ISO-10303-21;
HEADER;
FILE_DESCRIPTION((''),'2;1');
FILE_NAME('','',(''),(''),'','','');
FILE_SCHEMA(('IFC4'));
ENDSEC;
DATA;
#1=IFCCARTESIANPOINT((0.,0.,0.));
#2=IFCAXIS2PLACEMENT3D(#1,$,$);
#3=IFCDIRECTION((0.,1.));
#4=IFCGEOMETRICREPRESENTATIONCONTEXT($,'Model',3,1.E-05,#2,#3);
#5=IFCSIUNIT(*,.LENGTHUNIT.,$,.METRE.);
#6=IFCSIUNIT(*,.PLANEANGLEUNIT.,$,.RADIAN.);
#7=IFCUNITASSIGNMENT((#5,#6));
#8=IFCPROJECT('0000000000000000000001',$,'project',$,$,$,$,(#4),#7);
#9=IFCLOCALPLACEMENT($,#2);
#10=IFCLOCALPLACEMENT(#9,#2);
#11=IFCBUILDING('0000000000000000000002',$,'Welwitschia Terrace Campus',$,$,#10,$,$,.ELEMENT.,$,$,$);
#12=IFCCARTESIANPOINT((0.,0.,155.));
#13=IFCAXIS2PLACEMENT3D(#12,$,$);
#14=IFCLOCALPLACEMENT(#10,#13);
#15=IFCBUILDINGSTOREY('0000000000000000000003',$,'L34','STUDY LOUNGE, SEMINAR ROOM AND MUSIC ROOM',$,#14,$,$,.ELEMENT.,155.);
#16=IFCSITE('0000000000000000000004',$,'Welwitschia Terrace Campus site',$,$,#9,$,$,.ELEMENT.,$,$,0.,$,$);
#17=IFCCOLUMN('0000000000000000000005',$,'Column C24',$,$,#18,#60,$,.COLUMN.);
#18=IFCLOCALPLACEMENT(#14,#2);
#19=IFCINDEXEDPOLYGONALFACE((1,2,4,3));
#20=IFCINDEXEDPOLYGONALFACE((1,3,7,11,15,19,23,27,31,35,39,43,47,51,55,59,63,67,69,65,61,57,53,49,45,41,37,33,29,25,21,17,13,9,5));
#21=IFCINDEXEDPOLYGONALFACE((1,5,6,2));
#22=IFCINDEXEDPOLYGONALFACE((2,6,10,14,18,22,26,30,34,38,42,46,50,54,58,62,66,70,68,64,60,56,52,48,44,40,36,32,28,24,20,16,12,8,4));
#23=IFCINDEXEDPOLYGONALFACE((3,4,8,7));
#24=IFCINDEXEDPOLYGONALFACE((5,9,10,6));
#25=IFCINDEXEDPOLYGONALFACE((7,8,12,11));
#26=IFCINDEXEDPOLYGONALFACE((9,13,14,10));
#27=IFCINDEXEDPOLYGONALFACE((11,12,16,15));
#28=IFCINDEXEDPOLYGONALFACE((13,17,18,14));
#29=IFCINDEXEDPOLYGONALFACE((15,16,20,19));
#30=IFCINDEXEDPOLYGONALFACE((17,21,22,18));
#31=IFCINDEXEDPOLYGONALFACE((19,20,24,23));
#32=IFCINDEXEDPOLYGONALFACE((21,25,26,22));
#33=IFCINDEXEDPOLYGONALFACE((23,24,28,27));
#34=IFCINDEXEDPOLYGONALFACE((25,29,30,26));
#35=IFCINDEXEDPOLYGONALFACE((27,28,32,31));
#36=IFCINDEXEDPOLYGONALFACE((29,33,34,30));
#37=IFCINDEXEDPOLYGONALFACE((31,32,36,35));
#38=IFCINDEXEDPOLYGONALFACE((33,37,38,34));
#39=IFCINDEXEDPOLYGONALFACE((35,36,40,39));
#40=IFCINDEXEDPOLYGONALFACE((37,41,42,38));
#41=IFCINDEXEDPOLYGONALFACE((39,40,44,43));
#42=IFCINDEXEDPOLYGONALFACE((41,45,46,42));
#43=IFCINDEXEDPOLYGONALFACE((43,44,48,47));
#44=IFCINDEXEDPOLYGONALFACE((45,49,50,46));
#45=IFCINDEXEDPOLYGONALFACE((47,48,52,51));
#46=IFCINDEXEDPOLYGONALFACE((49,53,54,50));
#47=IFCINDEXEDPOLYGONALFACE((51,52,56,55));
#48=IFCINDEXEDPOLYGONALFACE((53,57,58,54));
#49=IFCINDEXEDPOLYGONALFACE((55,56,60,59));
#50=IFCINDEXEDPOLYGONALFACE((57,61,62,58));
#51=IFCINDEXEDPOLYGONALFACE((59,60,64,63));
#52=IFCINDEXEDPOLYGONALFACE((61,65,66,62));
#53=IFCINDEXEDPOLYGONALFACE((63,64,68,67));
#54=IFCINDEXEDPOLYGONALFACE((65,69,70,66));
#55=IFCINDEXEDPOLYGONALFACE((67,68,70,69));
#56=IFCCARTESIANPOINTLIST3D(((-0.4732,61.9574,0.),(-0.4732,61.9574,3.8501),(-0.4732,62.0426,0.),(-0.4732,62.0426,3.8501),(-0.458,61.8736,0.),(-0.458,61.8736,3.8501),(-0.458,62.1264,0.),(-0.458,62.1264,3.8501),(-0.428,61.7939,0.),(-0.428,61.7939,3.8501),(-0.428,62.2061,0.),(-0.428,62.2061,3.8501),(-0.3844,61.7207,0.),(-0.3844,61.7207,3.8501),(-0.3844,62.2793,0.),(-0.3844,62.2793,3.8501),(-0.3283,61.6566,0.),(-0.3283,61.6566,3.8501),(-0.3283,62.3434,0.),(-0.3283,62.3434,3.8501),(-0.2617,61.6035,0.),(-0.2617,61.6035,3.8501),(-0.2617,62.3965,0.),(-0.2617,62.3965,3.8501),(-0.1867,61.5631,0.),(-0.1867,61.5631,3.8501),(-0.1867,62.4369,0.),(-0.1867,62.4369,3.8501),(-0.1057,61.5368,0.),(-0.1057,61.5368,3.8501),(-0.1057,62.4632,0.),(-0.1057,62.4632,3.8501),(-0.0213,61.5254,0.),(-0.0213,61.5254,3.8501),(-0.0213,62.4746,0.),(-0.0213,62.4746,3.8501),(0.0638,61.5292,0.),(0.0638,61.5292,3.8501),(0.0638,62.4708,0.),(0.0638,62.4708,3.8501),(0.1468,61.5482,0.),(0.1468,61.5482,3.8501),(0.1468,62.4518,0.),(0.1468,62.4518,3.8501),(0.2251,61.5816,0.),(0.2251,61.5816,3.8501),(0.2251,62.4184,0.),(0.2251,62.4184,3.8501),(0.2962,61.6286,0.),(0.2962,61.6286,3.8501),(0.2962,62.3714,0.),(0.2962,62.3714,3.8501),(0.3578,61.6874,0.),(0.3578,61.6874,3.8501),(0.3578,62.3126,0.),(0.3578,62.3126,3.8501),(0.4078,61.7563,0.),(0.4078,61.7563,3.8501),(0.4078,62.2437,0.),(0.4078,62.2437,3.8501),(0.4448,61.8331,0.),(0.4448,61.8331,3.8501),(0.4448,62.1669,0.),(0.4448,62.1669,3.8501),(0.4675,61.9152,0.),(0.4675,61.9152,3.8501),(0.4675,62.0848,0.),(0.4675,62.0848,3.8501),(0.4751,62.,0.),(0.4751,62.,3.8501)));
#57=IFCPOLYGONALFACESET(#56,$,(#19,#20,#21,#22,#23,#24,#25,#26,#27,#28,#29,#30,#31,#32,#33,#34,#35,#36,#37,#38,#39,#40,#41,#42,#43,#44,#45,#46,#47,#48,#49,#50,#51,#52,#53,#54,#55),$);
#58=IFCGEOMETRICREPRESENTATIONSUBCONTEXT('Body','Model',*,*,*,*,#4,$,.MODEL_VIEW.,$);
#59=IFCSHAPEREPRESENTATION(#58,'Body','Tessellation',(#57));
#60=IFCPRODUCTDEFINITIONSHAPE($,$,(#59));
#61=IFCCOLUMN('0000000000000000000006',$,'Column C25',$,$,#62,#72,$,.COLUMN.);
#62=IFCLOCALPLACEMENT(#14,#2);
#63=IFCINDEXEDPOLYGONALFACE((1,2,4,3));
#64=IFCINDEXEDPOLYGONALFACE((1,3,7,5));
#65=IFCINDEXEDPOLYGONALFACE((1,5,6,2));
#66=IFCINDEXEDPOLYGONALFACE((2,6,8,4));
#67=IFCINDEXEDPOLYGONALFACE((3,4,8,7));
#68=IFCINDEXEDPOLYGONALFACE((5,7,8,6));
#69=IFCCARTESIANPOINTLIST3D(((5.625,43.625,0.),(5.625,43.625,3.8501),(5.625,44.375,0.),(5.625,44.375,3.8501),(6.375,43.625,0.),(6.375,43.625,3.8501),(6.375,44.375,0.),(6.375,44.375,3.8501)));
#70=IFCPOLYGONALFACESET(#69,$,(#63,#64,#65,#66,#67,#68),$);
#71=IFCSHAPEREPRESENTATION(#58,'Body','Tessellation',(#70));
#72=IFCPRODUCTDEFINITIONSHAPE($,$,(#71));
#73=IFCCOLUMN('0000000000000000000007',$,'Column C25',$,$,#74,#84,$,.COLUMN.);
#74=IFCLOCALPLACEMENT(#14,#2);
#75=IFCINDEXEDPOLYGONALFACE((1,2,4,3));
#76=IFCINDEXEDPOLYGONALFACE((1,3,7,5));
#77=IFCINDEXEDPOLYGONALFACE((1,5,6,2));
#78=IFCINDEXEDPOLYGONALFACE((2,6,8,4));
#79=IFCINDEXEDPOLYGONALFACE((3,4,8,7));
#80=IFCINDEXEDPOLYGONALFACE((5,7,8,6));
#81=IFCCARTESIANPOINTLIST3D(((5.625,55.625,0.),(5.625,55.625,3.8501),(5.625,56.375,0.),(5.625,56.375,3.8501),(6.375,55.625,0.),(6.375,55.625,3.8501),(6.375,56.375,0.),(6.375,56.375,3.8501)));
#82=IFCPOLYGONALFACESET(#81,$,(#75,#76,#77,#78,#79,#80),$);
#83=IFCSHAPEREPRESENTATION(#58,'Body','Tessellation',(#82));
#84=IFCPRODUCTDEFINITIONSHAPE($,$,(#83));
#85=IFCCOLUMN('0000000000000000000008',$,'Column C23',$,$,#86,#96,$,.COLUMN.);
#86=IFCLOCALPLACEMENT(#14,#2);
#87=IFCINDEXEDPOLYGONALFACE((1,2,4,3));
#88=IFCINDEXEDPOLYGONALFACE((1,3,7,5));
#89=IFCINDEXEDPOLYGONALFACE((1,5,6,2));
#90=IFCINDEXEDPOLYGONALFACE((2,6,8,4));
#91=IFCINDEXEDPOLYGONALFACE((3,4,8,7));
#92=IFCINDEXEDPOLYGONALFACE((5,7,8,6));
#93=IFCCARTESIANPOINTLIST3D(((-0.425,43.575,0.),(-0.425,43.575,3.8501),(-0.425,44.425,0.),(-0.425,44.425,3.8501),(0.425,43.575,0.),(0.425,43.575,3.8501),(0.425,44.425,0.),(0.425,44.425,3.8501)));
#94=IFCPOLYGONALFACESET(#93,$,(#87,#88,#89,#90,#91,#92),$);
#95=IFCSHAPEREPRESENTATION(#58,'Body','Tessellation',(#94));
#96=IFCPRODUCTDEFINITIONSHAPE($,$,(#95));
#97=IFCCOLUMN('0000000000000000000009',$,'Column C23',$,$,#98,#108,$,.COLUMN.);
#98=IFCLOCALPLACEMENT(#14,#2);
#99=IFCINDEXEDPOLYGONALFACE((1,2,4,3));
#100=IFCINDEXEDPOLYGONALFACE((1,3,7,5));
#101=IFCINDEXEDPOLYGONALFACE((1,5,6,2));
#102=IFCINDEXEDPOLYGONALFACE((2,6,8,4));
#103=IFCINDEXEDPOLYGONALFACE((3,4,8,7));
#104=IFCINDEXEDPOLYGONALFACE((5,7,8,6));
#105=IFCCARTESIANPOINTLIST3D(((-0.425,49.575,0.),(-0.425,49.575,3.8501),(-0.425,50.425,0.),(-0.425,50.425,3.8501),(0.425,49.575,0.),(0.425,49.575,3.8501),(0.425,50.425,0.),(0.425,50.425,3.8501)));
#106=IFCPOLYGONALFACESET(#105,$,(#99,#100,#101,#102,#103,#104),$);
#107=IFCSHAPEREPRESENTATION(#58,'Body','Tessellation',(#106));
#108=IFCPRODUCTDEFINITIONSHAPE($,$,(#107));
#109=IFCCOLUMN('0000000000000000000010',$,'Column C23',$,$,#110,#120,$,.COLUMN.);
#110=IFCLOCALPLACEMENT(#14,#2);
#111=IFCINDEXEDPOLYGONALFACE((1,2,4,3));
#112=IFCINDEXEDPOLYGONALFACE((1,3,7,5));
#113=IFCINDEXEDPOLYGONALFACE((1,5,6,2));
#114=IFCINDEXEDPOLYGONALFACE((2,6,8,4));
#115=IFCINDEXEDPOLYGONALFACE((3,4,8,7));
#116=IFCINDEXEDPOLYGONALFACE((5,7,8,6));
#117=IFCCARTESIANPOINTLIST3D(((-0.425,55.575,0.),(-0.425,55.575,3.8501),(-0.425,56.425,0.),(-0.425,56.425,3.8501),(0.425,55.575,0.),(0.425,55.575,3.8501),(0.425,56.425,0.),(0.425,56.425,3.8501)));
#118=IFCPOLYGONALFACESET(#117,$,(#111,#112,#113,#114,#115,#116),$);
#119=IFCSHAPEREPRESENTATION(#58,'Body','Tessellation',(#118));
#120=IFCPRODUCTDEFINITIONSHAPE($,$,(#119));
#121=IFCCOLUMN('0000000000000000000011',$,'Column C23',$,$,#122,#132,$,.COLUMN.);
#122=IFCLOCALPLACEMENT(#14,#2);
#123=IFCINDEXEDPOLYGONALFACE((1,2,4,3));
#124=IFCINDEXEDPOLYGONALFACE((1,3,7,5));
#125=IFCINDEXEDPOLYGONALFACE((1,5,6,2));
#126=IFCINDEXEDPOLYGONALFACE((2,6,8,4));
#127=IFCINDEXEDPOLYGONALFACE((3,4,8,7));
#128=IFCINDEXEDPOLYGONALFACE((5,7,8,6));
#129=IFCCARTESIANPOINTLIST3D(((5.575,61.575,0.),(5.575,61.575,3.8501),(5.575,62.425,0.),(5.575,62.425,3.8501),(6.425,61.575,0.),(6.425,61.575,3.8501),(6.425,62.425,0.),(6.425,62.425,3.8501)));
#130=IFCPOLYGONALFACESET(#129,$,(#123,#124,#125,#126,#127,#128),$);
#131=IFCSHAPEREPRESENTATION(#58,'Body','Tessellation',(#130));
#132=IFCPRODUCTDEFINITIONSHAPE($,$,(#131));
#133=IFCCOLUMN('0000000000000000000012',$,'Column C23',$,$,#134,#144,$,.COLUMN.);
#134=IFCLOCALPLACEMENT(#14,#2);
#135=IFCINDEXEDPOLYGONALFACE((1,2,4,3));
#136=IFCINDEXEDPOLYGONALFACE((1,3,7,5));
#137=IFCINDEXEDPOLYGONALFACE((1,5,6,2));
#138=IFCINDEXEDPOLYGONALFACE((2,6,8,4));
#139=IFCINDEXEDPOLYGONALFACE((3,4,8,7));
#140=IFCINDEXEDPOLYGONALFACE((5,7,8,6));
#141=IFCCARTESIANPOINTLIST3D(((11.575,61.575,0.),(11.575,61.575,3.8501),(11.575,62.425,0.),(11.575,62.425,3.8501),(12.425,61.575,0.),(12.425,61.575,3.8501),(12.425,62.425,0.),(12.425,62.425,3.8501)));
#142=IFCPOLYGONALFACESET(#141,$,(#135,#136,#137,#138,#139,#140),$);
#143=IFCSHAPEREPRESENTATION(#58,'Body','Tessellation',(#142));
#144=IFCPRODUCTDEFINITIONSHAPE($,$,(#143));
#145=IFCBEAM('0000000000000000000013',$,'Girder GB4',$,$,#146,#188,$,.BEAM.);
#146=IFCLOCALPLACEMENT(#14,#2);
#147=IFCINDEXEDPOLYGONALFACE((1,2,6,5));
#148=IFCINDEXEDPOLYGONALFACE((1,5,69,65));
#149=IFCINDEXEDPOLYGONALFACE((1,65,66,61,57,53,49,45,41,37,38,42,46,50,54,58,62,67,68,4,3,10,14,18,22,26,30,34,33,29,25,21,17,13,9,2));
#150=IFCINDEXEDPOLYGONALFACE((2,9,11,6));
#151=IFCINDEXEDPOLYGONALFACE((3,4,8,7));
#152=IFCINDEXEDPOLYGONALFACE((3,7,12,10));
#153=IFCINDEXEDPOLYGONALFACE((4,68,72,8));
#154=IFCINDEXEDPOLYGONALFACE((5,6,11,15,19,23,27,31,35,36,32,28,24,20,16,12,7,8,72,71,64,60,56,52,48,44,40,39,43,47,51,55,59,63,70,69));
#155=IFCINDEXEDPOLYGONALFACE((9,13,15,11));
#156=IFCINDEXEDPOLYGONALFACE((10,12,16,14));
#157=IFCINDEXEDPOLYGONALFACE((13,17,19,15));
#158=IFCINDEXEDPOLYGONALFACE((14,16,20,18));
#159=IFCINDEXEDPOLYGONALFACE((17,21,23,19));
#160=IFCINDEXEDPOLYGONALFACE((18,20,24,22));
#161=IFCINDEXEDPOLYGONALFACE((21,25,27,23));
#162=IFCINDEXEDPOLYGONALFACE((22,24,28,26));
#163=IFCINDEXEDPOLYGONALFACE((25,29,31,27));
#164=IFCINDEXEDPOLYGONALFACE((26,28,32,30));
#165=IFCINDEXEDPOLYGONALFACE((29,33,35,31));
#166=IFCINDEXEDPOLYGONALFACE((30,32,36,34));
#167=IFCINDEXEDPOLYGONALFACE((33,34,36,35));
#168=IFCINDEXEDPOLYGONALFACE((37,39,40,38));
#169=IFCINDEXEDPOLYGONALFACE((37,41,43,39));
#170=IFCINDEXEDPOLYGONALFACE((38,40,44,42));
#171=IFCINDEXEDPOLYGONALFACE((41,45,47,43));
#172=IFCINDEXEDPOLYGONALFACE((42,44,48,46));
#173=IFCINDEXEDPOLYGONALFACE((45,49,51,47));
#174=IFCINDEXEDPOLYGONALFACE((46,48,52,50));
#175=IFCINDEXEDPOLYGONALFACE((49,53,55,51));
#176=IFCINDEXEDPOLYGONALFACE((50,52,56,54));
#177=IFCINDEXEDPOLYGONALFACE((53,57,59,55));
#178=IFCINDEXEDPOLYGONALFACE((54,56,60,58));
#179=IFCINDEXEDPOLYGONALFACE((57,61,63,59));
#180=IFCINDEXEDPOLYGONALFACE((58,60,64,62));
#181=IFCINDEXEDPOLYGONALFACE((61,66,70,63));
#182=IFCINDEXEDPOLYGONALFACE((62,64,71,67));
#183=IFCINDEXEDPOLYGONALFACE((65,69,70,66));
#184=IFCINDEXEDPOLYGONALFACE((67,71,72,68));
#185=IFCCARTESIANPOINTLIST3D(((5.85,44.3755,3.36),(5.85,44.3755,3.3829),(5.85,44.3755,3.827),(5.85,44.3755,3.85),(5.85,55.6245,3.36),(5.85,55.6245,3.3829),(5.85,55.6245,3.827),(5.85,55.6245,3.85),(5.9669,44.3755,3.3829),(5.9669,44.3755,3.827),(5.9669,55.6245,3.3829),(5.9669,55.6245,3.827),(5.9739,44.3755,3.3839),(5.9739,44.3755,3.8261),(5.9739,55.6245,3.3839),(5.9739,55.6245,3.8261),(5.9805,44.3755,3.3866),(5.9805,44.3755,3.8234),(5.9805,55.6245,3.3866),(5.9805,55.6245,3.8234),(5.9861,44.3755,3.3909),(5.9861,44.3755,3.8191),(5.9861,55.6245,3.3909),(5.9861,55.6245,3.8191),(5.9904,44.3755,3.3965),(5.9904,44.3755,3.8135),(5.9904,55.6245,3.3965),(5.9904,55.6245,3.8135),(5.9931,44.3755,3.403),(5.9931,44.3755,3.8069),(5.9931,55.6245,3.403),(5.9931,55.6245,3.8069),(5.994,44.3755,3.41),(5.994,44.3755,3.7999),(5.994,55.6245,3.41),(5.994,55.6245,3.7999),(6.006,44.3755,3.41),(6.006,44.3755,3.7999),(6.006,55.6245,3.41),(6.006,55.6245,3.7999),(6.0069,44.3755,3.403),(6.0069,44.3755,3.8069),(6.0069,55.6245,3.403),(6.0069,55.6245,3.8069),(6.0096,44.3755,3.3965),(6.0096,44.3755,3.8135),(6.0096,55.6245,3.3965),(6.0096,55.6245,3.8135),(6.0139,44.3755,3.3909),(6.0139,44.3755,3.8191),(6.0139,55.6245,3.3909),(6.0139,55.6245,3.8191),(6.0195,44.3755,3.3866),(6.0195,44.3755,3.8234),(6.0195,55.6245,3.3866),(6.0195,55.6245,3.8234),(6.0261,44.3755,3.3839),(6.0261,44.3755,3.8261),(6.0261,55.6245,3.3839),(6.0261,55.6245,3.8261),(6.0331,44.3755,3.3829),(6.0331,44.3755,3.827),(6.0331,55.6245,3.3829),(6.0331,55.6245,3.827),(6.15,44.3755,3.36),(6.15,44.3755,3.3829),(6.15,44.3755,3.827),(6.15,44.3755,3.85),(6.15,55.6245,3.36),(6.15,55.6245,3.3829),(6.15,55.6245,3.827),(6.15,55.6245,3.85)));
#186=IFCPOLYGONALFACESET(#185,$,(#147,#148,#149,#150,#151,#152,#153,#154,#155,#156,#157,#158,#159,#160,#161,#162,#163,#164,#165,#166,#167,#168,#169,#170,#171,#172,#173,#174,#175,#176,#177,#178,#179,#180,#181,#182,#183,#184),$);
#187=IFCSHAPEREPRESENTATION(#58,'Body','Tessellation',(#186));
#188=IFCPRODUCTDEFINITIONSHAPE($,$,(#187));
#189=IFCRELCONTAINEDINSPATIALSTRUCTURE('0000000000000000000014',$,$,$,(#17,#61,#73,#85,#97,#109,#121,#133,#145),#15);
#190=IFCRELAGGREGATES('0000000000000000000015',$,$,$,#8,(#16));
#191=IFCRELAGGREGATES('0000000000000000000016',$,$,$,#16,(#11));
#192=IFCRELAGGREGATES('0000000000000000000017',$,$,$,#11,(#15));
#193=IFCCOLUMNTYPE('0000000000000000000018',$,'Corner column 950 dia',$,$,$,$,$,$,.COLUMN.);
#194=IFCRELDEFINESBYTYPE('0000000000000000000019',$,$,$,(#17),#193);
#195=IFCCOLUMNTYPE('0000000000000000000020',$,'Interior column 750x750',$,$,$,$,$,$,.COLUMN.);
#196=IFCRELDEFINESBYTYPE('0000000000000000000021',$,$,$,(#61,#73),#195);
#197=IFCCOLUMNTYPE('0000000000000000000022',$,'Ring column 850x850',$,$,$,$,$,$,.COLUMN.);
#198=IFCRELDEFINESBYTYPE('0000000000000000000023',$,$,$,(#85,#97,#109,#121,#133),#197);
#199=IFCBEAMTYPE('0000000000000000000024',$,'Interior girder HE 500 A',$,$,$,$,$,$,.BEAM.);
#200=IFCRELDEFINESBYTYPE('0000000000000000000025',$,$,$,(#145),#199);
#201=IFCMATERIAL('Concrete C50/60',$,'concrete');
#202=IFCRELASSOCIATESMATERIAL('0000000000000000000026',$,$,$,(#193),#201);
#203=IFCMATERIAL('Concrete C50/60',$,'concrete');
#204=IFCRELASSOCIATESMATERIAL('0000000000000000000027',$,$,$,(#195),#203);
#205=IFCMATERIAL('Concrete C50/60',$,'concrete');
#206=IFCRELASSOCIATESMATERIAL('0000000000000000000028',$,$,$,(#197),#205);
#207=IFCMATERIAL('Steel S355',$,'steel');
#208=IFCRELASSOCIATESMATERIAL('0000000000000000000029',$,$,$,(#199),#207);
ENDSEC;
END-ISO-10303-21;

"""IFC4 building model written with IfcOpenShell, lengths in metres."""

from ifc_helpers import new_model, si_unit, direction, frame, origin, origin_2d, place, context, subcontext, project, spatial, rectangle, circle, i_section, extrude, material, material_profile, profile_set, type_object, element, save


model = new_model("IFC4")

# Units and contexts
model_context = context("Model", 3, precision=1e-05, world=origin(), true_north=direction((0.0, 1.0)))
body_context = subcontext(model_context, "Body", "Model", "MODEL_VIEW")
ifc_project = project(units=[si_unit("LENGTHUNIT", "METRE"), si_unit("PLANEANGLEUNIT", "RADIAN")], contexts=[model_context])

# Site, building, storey
site_placement = place(None, origin())
site = spatial("IfcSite", under=ifc_project, at=site_placement, Name="Welwitschia Terrace Campus site", CompositionType="ELEMENT", RefElevation=0.0)
building_placement = place(site_placement, origin())
building = spatial("IfcBuilding", under=site, at=building_placement, Name="Welwitschia Terrace Campus", CompositionType="ELEMENT")
storey_placement = place(building_placement, frame((0.0, 0.0, 155.0)))
storey = spatial("IfcBuildingStorey", under=building, at=storey_placement, Name="L34", Description="STUDY LOUNGE, SEMINAR ROOM AND MUSIC ROOM", CompositionType="ELEMENT", Elevation=155.0)

# Columns
ifc_material_1 = material(Name="Concrete C50/60", Category="concrete")
ifc_material_profile_1 = material_profile(ifc_material_1, circle(Radius=0.4751, at=origin_2d()))
ifc_profile_set_1 = profile_set([ifc_material_profile_1], Name="Concrete C50/60")
column_type_1 = type_object("IfcColumnType", Name="Corner column 950 dia", PredefinedType="COLUMN", material=ifc_profile_set_1)
column_placement = place(storey_placement, frame((0.0, 62.0, 0.0), z_axis=(0.0, 0.0, 1.0), x_axis=(1.0, 0.0, 0.0)))
element("IfcColumn", 1, at=column_placement, inside=storey, type_object=column_type_1, Name="Column C24", PredefinedType="COLUMN", context=body_context, shape_type="SweptSolid", body=[
    extrude(circle(Radius=0.4751, at=origin_2d()), origin(), (0.0, 0.0, 1.0), 3.8501),
])
ifc_material_2 = material(Name="Concrete C50/60", Category="concrete")
ifc_material_profile_2 = material_profile(ifc_material_2, rectangle(XDim=0.75, YDim=0.75, at=origin_2d()))
ifc_profile_set_2 = profile_set([ifc_material_profile_2], Name="Concrete C50/60")
column_type_2 = type_object("IfcColumnType", Name="Interior column 750x750", PredefinedType="COLUMN", material=ifc_profile_set_2)
for number, where, z_axis, x_axis, name in (
    (2, (6.0, 44.0, 0.0), (0.0, 0.0, 1.0), (1.0, 0.0, 0.0), "Column C25"),
    (3, (6.0, 56.0, 0.0), (0.0, 0.0, 1.0), (1.0, 0.0, 0.0), "Column C25"),
):
    element("IfcColumn", number, at=place(storey_placement, frame(where, z_axis=z_axis, x_axis=x_axis)), inside=storey, type_object=column_type_2, Name=name, PredefinedType="COLUMN", context=body_context, shape_type="SweptSolid", body=[
        extrude(rectangle(XDim=0.75, YDim=0.75, at=origin_2d()), origin(), (0.0, 0.0, 1.0), 3.8501),
    ])
ifc_material_3 = material(Name="Concrete C50/60", Category="concrete")
ifc_material_profile_3 = material_profile(ifc_material_3, rectangle(XDim=0.8501, YDim=0.8501, at=origin_2d()))
ifc_profile_set_3 = profile_set([ifc_material_profile_3], Name="Concrete C50/60")
column_type_3 = type_object("IfcColumnType", Name="Ring column 850x850", PredefinedType="COLUMN", material=ifc_profile_set_3)
for number, where, z_axis, x_axis, name in (
    (4, (0.0, 44.0, 0.0), (0.0, 0.0, 1.0), (1.0, 0.0, 0.0), "Column C23"),
    (5, (0.0, 50.0, 0.0), (0.0, 0.0, 1.0), (1.0, 0.0, 0.0), "Column C23"),
    (6, (0.0, 56.0, 0.0), (0.0, 0.0, 1.0), (1.0, 0.0, 0.0), "Column C23"),
    (7, (6.0, 62.0, 0.0), (0.0, 0.0, 1.0), (1.0, 0.0, 0.0), "Column C23"),
    (8, (12.0, 62.0, 0.0), (0.0, 0.0, 1.0), (1.0, 0.0, 0.0), "Column C23"),
):
    element("IfcColumn", number, at=place(storey_placement, frame(where, z_axis=z_axis, x_axis=x_axis)), inside=storey, type_object=column_type_3, Name=name, PredefinedType="COLUMN", context=body_context, shape_type="SweptSolid", body=[
        extrude(rectangle(XDim=0.8501, YDim=0.8501, at=origin_2d()), origin(), (0.0, 0.0, 1.0), 3.8501),
    ])

# Beam
ifc_material_4 = material(Name="Steel S355", Category="steel")
ifc_material_profile_4 = material_profile(ifc_material_4, i_section(OverallWidth=0.3, OverallDepth=0.49, WebThickness=0.012, FlangeThickness=0.0229, FilletRadius=0.0271, at=origin_2d()))
ifc_profile_set_4 = profile_set([ifc_material_profile_4], Name="Steel S355")
beam_type_1 = type_object("IfcBeamType", Name="Interior girder HE 500 A", PredefinedType="BEAM", material=ifc_profile_set_4)
beam_1_placement = place(storey_placement, frame((6.0, 44.3755, 3.605), z_axis=(0.0, 1.0, 0.0), x_axis=(-1.0, 0.0, 0.0)))
element("IfcBeam", 9, at=beam_1_placement, inside=storey, type_object=beam_type_1, Name="Girder GB4", PredefinedType="BEAM", context=body_context, shape_type="SweptSolid", body=[
    extrude(i_section(OverallWidth=0.3, OverallDepth=0.49, WebThickness=0.012, FlangeThickness=0.0229, FilletRadius=0.0271, at=origin_2d()), origin(), (0.0, 0.0, 1.0), 11.249),
])

save(model, "model.ifc")
